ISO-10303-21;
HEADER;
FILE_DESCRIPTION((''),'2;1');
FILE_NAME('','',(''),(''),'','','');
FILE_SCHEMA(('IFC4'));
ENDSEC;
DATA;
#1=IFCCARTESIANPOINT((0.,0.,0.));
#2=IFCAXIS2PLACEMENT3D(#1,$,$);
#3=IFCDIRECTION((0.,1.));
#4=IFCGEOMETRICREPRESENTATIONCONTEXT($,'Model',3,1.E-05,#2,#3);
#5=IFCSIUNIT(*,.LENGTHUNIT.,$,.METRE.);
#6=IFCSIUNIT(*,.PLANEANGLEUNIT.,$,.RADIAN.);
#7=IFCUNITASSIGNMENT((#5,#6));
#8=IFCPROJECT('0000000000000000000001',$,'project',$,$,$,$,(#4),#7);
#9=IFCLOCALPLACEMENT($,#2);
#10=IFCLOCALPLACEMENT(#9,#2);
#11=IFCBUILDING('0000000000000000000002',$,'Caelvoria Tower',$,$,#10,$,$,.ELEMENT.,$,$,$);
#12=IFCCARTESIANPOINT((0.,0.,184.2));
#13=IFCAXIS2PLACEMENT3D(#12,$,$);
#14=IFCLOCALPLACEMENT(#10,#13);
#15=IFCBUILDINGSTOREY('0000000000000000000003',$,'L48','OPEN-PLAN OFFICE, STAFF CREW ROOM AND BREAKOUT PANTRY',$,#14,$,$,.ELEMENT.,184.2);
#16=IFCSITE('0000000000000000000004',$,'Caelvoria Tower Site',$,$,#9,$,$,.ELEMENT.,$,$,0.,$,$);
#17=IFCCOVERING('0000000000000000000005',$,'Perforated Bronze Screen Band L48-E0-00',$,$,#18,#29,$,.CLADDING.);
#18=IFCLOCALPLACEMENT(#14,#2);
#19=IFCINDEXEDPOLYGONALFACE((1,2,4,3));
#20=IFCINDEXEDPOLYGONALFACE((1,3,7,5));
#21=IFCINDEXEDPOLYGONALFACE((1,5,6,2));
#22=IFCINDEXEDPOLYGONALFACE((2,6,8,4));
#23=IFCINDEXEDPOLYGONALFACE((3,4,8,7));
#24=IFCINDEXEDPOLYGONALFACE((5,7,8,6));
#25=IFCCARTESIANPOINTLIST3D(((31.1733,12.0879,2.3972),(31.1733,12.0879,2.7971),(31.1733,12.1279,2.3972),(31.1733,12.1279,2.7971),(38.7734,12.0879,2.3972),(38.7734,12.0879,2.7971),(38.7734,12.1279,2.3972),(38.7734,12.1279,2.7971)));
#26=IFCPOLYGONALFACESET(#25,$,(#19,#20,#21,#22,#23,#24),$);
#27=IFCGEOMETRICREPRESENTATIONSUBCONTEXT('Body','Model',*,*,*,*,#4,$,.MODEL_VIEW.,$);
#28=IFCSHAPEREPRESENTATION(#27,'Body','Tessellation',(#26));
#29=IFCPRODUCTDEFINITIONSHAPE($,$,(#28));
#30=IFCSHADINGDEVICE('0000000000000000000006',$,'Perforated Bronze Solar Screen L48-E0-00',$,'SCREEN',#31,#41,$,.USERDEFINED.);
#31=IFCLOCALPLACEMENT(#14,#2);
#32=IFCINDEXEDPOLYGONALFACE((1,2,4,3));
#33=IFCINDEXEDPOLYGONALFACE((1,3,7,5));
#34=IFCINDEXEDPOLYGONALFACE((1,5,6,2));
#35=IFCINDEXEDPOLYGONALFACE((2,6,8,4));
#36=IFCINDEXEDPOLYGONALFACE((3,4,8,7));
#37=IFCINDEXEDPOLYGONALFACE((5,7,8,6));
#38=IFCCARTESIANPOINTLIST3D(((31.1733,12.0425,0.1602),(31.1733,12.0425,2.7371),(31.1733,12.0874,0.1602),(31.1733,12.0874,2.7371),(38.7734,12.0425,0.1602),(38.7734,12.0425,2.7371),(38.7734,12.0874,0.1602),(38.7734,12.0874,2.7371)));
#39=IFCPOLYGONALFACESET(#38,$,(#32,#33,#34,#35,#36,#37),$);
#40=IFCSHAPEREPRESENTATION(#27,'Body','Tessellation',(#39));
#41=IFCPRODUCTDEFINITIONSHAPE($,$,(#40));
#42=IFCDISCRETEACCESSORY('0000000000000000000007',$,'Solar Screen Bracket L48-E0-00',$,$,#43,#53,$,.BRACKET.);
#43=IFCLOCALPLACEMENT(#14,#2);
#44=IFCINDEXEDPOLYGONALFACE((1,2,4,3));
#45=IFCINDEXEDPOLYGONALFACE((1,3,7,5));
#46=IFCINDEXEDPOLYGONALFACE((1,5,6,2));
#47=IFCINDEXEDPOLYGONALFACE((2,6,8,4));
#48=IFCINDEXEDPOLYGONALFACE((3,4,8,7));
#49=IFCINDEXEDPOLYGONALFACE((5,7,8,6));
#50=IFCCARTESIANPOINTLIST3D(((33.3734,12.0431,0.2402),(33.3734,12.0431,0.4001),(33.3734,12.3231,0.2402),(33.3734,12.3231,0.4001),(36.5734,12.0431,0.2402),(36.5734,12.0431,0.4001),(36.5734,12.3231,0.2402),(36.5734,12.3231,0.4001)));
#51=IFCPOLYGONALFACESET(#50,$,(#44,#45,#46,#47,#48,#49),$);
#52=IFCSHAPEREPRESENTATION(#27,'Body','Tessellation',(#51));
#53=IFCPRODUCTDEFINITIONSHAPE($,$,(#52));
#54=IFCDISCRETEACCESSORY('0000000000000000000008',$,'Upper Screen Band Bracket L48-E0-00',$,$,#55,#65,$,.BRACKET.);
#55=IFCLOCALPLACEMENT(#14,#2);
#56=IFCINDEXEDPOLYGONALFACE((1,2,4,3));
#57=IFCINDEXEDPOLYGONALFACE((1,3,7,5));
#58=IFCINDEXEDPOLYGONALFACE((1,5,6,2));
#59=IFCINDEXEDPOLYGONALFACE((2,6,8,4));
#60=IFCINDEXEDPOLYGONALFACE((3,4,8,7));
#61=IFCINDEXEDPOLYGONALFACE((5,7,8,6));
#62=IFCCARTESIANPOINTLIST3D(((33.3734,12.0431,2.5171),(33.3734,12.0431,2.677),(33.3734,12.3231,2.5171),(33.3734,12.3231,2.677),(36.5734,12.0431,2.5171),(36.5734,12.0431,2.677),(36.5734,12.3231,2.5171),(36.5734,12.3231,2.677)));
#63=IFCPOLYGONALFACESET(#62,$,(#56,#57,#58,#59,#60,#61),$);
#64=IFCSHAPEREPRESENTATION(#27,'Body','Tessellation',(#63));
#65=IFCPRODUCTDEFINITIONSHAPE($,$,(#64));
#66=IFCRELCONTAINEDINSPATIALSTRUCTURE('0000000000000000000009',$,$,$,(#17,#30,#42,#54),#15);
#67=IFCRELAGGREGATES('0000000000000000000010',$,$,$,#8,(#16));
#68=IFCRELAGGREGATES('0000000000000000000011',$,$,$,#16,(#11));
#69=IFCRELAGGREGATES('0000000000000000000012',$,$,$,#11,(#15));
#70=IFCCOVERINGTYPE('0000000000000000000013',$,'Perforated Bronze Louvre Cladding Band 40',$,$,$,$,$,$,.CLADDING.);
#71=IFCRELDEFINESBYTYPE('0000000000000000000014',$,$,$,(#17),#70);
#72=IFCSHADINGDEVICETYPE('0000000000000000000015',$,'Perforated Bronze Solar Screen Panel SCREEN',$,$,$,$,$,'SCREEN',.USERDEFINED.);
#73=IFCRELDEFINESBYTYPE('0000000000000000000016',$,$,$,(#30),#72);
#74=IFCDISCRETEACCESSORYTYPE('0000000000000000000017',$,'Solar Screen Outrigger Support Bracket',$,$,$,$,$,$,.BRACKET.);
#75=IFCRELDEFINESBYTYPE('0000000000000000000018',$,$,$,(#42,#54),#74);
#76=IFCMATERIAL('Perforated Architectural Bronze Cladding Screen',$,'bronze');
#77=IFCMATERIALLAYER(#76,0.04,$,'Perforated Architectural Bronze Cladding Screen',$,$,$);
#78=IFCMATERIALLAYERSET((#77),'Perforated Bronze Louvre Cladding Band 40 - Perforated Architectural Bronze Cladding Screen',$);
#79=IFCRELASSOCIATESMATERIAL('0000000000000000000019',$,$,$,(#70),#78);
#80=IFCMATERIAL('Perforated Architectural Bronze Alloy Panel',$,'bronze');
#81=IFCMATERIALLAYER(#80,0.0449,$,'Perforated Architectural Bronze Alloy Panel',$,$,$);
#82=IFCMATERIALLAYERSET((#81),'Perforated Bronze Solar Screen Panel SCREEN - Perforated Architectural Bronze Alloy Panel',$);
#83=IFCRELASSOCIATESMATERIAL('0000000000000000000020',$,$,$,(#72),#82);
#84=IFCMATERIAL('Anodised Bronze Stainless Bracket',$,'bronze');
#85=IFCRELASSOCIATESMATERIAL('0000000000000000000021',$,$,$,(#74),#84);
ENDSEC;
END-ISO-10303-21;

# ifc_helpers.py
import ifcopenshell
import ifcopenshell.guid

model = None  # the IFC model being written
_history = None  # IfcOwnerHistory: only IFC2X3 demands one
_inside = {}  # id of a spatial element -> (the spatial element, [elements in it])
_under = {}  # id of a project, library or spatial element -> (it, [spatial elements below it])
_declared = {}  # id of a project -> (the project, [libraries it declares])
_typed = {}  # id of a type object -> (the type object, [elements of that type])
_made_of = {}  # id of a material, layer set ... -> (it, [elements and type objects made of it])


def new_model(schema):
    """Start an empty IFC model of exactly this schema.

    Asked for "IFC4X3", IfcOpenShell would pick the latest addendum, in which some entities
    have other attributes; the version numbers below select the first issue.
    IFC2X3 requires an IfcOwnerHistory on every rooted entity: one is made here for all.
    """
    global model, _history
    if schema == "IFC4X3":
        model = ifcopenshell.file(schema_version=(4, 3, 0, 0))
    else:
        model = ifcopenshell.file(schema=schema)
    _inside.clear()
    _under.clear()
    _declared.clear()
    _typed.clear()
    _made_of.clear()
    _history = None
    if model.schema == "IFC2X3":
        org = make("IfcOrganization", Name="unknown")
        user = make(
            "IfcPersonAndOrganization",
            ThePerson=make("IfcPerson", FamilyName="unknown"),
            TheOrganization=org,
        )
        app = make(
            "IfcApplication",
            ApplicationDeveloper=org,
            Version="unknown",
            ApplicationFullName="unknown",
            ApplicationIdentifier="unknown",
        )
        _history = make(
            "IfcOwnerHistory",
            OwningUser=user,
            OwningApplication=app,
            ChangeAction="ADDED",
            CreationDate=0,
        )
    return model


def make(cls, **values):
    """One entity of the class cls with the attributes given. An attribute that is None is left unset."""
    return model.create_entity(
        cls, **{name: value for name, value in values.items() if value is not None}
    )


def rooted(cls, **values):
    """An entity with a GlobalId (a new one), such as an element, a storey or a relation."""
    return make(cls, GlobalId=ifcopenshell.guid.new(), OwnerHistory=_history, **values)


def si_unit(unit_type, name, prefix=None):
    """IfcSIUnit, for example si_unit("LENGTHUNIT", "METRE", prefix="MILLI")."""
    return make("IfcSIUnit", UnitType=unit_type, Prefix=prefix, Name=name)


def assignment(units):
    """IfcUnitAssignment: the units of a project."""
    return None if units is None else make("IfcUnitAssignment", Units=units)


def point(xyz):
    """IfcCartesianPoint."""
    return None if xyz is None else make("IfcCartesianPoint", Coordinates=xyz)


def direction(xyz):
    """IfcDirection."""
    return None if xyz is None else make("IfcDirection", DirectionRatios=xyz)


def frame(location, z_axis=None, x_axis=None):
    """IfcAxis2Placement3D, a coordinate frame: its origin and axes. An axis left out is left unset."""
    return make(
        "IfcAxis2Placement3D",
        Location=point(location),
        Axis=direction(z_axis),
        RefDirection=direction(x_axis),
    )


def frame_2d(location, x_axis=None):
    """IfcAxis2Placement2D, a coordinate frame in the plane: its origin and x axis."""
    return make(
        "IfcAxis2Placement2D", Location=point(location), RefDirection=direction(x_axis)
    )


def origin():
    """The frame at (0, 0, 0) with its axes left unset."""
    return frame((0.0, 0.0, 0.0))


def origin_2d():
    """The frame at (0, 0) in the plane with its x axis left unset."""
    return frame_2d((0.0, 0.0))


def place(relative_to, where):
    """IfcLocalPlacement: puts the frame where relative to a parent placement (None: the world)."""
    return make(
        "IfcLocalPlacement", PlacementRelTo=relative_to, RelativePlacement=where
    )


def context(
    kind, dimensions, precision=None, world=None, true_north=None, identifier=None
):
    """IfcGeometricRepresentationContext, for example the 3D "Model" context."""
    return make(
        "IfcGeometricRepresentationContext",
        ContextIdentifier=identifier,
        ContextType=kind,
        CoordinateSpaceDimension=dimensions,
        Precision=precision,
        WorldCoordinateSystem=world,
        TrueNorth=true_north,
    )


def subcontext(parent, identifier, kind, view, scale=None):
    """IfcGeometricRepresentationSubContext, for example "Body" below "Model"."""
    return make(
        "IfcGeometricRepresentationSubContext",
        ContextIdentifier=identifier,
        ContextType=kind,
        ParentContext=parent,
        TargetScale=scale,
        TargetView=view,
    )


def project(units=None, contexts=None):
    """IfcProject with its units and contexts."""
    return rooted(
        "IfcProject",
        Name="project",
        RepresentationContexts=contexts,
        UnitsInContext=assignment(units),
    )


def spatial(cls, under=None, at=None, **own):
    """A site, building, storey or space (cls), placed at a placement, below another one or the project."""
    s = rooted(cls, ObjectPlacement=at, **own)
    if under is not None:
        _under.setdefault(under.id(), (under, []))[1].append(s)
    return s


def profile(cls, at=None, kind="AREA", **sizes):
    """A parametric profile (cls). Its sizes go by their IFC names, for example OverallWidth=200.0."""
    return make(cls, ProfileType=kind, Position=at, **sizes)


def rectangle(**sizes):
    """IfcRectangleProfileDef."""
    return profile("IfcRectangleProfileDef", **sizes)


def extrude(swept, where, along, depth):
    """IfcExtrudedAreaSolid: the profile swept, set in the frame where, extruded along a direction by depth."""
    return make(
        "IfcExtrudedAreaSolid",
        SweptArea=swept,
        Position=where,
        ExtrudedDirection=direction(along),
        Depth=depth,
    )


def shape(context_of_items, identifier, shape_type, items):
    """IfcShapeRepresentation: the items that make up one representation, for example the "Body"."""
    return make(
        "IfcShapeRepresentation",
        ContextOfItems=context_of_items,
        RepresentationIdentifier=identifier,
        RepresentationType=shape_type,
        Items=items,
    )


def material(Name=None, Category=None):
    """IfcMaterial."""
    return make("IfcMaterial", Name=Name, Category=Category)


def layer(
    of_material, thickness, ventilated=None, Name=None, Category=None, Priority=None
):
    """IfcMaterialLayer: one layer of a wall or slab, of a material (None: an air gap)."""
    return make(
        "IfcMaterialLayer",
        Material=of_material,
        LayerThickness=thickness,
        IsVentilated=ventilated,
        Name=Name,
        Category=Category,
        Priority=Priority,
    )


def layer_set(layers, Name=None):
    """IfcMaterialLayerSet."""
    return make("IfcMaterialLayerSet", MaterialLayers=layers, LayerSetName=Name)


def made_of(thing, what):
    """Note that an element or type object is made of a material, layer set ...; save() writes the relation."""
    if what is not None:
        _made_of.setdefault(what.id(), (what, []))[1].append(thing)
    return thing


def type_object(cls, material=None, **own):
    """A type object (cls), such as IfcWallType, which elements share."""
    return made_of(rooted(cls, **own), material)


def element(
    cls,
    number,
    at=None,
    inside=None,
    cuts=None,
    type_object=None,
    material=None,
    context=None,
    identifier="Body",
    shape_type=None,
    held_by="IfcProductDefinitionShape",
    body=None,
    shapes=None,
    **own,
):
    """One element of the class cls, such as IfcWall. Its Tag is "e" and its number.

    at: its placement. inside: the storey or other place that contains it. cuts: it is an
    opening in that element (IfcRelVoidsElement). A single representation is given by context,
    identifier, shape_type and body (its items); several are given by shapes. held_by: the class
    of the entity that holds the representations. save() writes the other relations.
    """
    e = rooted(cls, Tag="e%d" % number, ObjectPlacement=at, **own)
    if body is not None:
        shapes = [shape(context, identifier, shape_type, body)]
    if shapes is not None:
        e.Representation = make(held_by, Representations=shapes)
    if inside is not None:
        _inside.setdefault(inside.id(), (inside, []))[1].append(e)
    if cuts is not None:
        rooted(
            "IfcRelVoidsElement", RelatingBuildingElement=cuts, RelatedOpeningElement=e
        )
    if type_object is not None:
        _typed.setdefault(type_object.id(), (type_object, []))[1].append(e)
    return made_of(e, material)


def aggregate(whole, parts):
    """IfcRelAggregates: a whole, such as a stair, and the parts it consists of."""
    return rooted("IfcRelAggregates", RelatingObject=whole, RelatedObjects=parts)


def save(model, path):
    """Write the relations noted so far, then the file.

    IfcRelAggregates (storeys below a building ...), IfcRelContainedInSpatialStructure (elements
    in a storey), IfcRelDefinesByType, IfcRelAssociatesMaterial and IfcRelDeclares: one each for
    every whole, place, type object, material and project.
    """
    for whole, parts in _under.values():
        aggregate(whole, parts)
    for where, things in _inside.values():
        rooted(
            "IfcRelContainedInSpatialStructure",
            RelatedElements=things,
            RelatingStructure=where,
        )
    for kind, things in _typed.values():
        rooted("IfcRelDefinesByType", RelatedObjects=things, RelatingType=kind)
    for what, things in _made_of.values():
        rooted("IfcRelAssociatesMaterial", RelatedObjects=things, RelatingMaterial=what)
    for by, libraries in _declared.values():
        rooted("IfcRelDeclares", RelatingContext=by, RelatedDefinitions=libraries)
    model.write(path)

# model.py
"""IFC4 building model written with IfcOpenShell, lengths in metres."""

from ifc_helpers import new_model, si_unit, direction, frame, origin, origin_2d, place, context, subcontext, project, spatial, rectangle, extrude, material, layer, layer_set, type_object, element, save


model = new_model("IFC4")

# Units and contexts
model_context = context("Model", 3, precision=1e-05, world=origin(), true_north=direction((0.0, 1.0)))
body_context = subcontext(model_context, "Body", "Model", "MODEL_VIEW")
ifc_project = project(units=[si_unit("LENGTHUNIT", "METRE"), si_unit("PLANEANGLEUNIT", "RADIAN")], contexts=[model_context])

# Site, building, storey
site_placement = place(None, origin())
site = spatial("IfcSite", under=ifc_project, at=site_placement, Name="Caelvoria Tower Site", CompositionType="ELEMENT", RefElevation=0.0)
building_placement = place(site_placement, origin())
building = spatial("IfcBuilding", under=site, at=building_placement, Name="Caelvoria Tower", CompositionType="ELEMENT")
storey_placement = place(building_placement, frame((0.0, 0.0, 184.2)))
storey = spatial("IfcBuildingStorey", under=building, at=storey_placement, Name="L48", Description="OPEN-PLAN OFFICE, STAFF CREW ROOM AND BREAKOUT PANTRY", CompositionType="ELEMENT", Elevation=184.2)

# Covering
ifc_material_1 = material(Name="Perforated Architectural Bronze Cladding Screen", Category="bronze")
ifc_layer_1 = layer(ifc_material_1, 0.04, Name="Perforated Architectural Bronze Cladding Screen")
ifc_layer_set_1 = layer_set([ifc_layer_1], Name="Perforated Bronze Louvre Cladding Band 40 - Perforated Architectural Bronze Cladding Screen")
covering_type = type_object("IfcCoveringType", Name="Perforated Bronze Louvre Cladding Band 40", PredefinedType="CLADDING", material=ifc_layer_set_1)
covering_placement = place(storey_placement, frame((34.9734, 12.1079, 2.3972), z_axis=(0.0, 0.0, 1.0), x_axis=(1.0, 0.0, 0.0)))
element("IfcCovering", 1, at=covering_placement, inside=storey, type_object=covering_type, Name="Perforated Bronze Screen Band L48-E0-00", PredefinedType="CLADDING", context=body_context, shape_type="SweptSolid", body=[
    extrude(rectangle(XDim=7.6001, YDim=0.04, at=origin_2d()), origin(), (0.0, 0.0, 1.0), 0.3999),
])

# Shading device
ifc_material_2 = material(Name="Perforated Architectural Bronze Alloy Panel", Category="bronze")
ifc_layer_2 = layer(ifc_material_2, 0.0449, Name="Perforated Architectural Bronze Alloy Panel")
ifc_layer_set_2 = layer_set([ifc_layer_2], Name="Perforated Bronze Solar Screen Panel SCREEN - Perforated Architectural Bronze Alloy Panel")
shading_device_type = type_object("IfcShadingDeviceType", Name="Perforated Bronze Solar Screen Panel SCREEN", ElementType="SCREEN", PredefinedType="USERDEFINED", material=ifc_layer_set_2)
shading_device_placement = place(storey_placement, frame((34.9734, 12.0649, 0.1602), z_axis=(0.0, 0.0, 1.0), x_axis=(1.0, 0.0, 0.0)))
element("IfcShadingDevice", 2, at=shading_device_placement, inside=storey, type_object=shading_device_type, Name="Perforated Bronze Solar Screen L48-E0-00", ObjectType="SCREEN", PredefinedType="USERDEFINED", context=body_context, shape_type="SweptSolid", body=[
    extrude(rectangle(XDim=7.6001, YDim=0.0449, at=origin_2d()), origin(), (0.0, 0.0, 1.0), 2.5769),
])

# Discrete accessories
ifc_material_3 = material(Name="Anodised Bronze Stainless Bracket", Category="bronze")
discrete_accessory_type = type_object("IfcDiscreteAccessoryType", Name="Solar Screen Outrigger Support Bracket", PredefinedType="BRACKET", material=ifc_material_3)
for number, where, z_axis, x_axis, name in (
    (3, (34.9734, 12.1831, 0.2402), (0.0, 0.0, 1.0), (1.0, 0.0, 0.0), "Solar Screen Bracket L48-E0-00"),
    (4, (34.9734, 12.1831, 2.5171), (0.0, 0.0, 1.0), (1.0, 0.0, 0.0), "Upper Screen Band Bracket L48-E0-00"),
):
    element("IfcDiscreteAccessory", number, at=place(storey_placement, frame(where, z_axis=z_axis, x_axis=x_axis)), inside=storey, type_object=discrete_accessory_type, Name=name, PredefinedType="BRACKET", context=body_context, shape_type="SweptSolid", body=[
        extrude(rectangle(XDim=3.2, YDim=0.28, at=origin_2d()), origin(), (0.0, 0.0, 1.0), 0.1599),
    ])

save(model, "model.ifc")
